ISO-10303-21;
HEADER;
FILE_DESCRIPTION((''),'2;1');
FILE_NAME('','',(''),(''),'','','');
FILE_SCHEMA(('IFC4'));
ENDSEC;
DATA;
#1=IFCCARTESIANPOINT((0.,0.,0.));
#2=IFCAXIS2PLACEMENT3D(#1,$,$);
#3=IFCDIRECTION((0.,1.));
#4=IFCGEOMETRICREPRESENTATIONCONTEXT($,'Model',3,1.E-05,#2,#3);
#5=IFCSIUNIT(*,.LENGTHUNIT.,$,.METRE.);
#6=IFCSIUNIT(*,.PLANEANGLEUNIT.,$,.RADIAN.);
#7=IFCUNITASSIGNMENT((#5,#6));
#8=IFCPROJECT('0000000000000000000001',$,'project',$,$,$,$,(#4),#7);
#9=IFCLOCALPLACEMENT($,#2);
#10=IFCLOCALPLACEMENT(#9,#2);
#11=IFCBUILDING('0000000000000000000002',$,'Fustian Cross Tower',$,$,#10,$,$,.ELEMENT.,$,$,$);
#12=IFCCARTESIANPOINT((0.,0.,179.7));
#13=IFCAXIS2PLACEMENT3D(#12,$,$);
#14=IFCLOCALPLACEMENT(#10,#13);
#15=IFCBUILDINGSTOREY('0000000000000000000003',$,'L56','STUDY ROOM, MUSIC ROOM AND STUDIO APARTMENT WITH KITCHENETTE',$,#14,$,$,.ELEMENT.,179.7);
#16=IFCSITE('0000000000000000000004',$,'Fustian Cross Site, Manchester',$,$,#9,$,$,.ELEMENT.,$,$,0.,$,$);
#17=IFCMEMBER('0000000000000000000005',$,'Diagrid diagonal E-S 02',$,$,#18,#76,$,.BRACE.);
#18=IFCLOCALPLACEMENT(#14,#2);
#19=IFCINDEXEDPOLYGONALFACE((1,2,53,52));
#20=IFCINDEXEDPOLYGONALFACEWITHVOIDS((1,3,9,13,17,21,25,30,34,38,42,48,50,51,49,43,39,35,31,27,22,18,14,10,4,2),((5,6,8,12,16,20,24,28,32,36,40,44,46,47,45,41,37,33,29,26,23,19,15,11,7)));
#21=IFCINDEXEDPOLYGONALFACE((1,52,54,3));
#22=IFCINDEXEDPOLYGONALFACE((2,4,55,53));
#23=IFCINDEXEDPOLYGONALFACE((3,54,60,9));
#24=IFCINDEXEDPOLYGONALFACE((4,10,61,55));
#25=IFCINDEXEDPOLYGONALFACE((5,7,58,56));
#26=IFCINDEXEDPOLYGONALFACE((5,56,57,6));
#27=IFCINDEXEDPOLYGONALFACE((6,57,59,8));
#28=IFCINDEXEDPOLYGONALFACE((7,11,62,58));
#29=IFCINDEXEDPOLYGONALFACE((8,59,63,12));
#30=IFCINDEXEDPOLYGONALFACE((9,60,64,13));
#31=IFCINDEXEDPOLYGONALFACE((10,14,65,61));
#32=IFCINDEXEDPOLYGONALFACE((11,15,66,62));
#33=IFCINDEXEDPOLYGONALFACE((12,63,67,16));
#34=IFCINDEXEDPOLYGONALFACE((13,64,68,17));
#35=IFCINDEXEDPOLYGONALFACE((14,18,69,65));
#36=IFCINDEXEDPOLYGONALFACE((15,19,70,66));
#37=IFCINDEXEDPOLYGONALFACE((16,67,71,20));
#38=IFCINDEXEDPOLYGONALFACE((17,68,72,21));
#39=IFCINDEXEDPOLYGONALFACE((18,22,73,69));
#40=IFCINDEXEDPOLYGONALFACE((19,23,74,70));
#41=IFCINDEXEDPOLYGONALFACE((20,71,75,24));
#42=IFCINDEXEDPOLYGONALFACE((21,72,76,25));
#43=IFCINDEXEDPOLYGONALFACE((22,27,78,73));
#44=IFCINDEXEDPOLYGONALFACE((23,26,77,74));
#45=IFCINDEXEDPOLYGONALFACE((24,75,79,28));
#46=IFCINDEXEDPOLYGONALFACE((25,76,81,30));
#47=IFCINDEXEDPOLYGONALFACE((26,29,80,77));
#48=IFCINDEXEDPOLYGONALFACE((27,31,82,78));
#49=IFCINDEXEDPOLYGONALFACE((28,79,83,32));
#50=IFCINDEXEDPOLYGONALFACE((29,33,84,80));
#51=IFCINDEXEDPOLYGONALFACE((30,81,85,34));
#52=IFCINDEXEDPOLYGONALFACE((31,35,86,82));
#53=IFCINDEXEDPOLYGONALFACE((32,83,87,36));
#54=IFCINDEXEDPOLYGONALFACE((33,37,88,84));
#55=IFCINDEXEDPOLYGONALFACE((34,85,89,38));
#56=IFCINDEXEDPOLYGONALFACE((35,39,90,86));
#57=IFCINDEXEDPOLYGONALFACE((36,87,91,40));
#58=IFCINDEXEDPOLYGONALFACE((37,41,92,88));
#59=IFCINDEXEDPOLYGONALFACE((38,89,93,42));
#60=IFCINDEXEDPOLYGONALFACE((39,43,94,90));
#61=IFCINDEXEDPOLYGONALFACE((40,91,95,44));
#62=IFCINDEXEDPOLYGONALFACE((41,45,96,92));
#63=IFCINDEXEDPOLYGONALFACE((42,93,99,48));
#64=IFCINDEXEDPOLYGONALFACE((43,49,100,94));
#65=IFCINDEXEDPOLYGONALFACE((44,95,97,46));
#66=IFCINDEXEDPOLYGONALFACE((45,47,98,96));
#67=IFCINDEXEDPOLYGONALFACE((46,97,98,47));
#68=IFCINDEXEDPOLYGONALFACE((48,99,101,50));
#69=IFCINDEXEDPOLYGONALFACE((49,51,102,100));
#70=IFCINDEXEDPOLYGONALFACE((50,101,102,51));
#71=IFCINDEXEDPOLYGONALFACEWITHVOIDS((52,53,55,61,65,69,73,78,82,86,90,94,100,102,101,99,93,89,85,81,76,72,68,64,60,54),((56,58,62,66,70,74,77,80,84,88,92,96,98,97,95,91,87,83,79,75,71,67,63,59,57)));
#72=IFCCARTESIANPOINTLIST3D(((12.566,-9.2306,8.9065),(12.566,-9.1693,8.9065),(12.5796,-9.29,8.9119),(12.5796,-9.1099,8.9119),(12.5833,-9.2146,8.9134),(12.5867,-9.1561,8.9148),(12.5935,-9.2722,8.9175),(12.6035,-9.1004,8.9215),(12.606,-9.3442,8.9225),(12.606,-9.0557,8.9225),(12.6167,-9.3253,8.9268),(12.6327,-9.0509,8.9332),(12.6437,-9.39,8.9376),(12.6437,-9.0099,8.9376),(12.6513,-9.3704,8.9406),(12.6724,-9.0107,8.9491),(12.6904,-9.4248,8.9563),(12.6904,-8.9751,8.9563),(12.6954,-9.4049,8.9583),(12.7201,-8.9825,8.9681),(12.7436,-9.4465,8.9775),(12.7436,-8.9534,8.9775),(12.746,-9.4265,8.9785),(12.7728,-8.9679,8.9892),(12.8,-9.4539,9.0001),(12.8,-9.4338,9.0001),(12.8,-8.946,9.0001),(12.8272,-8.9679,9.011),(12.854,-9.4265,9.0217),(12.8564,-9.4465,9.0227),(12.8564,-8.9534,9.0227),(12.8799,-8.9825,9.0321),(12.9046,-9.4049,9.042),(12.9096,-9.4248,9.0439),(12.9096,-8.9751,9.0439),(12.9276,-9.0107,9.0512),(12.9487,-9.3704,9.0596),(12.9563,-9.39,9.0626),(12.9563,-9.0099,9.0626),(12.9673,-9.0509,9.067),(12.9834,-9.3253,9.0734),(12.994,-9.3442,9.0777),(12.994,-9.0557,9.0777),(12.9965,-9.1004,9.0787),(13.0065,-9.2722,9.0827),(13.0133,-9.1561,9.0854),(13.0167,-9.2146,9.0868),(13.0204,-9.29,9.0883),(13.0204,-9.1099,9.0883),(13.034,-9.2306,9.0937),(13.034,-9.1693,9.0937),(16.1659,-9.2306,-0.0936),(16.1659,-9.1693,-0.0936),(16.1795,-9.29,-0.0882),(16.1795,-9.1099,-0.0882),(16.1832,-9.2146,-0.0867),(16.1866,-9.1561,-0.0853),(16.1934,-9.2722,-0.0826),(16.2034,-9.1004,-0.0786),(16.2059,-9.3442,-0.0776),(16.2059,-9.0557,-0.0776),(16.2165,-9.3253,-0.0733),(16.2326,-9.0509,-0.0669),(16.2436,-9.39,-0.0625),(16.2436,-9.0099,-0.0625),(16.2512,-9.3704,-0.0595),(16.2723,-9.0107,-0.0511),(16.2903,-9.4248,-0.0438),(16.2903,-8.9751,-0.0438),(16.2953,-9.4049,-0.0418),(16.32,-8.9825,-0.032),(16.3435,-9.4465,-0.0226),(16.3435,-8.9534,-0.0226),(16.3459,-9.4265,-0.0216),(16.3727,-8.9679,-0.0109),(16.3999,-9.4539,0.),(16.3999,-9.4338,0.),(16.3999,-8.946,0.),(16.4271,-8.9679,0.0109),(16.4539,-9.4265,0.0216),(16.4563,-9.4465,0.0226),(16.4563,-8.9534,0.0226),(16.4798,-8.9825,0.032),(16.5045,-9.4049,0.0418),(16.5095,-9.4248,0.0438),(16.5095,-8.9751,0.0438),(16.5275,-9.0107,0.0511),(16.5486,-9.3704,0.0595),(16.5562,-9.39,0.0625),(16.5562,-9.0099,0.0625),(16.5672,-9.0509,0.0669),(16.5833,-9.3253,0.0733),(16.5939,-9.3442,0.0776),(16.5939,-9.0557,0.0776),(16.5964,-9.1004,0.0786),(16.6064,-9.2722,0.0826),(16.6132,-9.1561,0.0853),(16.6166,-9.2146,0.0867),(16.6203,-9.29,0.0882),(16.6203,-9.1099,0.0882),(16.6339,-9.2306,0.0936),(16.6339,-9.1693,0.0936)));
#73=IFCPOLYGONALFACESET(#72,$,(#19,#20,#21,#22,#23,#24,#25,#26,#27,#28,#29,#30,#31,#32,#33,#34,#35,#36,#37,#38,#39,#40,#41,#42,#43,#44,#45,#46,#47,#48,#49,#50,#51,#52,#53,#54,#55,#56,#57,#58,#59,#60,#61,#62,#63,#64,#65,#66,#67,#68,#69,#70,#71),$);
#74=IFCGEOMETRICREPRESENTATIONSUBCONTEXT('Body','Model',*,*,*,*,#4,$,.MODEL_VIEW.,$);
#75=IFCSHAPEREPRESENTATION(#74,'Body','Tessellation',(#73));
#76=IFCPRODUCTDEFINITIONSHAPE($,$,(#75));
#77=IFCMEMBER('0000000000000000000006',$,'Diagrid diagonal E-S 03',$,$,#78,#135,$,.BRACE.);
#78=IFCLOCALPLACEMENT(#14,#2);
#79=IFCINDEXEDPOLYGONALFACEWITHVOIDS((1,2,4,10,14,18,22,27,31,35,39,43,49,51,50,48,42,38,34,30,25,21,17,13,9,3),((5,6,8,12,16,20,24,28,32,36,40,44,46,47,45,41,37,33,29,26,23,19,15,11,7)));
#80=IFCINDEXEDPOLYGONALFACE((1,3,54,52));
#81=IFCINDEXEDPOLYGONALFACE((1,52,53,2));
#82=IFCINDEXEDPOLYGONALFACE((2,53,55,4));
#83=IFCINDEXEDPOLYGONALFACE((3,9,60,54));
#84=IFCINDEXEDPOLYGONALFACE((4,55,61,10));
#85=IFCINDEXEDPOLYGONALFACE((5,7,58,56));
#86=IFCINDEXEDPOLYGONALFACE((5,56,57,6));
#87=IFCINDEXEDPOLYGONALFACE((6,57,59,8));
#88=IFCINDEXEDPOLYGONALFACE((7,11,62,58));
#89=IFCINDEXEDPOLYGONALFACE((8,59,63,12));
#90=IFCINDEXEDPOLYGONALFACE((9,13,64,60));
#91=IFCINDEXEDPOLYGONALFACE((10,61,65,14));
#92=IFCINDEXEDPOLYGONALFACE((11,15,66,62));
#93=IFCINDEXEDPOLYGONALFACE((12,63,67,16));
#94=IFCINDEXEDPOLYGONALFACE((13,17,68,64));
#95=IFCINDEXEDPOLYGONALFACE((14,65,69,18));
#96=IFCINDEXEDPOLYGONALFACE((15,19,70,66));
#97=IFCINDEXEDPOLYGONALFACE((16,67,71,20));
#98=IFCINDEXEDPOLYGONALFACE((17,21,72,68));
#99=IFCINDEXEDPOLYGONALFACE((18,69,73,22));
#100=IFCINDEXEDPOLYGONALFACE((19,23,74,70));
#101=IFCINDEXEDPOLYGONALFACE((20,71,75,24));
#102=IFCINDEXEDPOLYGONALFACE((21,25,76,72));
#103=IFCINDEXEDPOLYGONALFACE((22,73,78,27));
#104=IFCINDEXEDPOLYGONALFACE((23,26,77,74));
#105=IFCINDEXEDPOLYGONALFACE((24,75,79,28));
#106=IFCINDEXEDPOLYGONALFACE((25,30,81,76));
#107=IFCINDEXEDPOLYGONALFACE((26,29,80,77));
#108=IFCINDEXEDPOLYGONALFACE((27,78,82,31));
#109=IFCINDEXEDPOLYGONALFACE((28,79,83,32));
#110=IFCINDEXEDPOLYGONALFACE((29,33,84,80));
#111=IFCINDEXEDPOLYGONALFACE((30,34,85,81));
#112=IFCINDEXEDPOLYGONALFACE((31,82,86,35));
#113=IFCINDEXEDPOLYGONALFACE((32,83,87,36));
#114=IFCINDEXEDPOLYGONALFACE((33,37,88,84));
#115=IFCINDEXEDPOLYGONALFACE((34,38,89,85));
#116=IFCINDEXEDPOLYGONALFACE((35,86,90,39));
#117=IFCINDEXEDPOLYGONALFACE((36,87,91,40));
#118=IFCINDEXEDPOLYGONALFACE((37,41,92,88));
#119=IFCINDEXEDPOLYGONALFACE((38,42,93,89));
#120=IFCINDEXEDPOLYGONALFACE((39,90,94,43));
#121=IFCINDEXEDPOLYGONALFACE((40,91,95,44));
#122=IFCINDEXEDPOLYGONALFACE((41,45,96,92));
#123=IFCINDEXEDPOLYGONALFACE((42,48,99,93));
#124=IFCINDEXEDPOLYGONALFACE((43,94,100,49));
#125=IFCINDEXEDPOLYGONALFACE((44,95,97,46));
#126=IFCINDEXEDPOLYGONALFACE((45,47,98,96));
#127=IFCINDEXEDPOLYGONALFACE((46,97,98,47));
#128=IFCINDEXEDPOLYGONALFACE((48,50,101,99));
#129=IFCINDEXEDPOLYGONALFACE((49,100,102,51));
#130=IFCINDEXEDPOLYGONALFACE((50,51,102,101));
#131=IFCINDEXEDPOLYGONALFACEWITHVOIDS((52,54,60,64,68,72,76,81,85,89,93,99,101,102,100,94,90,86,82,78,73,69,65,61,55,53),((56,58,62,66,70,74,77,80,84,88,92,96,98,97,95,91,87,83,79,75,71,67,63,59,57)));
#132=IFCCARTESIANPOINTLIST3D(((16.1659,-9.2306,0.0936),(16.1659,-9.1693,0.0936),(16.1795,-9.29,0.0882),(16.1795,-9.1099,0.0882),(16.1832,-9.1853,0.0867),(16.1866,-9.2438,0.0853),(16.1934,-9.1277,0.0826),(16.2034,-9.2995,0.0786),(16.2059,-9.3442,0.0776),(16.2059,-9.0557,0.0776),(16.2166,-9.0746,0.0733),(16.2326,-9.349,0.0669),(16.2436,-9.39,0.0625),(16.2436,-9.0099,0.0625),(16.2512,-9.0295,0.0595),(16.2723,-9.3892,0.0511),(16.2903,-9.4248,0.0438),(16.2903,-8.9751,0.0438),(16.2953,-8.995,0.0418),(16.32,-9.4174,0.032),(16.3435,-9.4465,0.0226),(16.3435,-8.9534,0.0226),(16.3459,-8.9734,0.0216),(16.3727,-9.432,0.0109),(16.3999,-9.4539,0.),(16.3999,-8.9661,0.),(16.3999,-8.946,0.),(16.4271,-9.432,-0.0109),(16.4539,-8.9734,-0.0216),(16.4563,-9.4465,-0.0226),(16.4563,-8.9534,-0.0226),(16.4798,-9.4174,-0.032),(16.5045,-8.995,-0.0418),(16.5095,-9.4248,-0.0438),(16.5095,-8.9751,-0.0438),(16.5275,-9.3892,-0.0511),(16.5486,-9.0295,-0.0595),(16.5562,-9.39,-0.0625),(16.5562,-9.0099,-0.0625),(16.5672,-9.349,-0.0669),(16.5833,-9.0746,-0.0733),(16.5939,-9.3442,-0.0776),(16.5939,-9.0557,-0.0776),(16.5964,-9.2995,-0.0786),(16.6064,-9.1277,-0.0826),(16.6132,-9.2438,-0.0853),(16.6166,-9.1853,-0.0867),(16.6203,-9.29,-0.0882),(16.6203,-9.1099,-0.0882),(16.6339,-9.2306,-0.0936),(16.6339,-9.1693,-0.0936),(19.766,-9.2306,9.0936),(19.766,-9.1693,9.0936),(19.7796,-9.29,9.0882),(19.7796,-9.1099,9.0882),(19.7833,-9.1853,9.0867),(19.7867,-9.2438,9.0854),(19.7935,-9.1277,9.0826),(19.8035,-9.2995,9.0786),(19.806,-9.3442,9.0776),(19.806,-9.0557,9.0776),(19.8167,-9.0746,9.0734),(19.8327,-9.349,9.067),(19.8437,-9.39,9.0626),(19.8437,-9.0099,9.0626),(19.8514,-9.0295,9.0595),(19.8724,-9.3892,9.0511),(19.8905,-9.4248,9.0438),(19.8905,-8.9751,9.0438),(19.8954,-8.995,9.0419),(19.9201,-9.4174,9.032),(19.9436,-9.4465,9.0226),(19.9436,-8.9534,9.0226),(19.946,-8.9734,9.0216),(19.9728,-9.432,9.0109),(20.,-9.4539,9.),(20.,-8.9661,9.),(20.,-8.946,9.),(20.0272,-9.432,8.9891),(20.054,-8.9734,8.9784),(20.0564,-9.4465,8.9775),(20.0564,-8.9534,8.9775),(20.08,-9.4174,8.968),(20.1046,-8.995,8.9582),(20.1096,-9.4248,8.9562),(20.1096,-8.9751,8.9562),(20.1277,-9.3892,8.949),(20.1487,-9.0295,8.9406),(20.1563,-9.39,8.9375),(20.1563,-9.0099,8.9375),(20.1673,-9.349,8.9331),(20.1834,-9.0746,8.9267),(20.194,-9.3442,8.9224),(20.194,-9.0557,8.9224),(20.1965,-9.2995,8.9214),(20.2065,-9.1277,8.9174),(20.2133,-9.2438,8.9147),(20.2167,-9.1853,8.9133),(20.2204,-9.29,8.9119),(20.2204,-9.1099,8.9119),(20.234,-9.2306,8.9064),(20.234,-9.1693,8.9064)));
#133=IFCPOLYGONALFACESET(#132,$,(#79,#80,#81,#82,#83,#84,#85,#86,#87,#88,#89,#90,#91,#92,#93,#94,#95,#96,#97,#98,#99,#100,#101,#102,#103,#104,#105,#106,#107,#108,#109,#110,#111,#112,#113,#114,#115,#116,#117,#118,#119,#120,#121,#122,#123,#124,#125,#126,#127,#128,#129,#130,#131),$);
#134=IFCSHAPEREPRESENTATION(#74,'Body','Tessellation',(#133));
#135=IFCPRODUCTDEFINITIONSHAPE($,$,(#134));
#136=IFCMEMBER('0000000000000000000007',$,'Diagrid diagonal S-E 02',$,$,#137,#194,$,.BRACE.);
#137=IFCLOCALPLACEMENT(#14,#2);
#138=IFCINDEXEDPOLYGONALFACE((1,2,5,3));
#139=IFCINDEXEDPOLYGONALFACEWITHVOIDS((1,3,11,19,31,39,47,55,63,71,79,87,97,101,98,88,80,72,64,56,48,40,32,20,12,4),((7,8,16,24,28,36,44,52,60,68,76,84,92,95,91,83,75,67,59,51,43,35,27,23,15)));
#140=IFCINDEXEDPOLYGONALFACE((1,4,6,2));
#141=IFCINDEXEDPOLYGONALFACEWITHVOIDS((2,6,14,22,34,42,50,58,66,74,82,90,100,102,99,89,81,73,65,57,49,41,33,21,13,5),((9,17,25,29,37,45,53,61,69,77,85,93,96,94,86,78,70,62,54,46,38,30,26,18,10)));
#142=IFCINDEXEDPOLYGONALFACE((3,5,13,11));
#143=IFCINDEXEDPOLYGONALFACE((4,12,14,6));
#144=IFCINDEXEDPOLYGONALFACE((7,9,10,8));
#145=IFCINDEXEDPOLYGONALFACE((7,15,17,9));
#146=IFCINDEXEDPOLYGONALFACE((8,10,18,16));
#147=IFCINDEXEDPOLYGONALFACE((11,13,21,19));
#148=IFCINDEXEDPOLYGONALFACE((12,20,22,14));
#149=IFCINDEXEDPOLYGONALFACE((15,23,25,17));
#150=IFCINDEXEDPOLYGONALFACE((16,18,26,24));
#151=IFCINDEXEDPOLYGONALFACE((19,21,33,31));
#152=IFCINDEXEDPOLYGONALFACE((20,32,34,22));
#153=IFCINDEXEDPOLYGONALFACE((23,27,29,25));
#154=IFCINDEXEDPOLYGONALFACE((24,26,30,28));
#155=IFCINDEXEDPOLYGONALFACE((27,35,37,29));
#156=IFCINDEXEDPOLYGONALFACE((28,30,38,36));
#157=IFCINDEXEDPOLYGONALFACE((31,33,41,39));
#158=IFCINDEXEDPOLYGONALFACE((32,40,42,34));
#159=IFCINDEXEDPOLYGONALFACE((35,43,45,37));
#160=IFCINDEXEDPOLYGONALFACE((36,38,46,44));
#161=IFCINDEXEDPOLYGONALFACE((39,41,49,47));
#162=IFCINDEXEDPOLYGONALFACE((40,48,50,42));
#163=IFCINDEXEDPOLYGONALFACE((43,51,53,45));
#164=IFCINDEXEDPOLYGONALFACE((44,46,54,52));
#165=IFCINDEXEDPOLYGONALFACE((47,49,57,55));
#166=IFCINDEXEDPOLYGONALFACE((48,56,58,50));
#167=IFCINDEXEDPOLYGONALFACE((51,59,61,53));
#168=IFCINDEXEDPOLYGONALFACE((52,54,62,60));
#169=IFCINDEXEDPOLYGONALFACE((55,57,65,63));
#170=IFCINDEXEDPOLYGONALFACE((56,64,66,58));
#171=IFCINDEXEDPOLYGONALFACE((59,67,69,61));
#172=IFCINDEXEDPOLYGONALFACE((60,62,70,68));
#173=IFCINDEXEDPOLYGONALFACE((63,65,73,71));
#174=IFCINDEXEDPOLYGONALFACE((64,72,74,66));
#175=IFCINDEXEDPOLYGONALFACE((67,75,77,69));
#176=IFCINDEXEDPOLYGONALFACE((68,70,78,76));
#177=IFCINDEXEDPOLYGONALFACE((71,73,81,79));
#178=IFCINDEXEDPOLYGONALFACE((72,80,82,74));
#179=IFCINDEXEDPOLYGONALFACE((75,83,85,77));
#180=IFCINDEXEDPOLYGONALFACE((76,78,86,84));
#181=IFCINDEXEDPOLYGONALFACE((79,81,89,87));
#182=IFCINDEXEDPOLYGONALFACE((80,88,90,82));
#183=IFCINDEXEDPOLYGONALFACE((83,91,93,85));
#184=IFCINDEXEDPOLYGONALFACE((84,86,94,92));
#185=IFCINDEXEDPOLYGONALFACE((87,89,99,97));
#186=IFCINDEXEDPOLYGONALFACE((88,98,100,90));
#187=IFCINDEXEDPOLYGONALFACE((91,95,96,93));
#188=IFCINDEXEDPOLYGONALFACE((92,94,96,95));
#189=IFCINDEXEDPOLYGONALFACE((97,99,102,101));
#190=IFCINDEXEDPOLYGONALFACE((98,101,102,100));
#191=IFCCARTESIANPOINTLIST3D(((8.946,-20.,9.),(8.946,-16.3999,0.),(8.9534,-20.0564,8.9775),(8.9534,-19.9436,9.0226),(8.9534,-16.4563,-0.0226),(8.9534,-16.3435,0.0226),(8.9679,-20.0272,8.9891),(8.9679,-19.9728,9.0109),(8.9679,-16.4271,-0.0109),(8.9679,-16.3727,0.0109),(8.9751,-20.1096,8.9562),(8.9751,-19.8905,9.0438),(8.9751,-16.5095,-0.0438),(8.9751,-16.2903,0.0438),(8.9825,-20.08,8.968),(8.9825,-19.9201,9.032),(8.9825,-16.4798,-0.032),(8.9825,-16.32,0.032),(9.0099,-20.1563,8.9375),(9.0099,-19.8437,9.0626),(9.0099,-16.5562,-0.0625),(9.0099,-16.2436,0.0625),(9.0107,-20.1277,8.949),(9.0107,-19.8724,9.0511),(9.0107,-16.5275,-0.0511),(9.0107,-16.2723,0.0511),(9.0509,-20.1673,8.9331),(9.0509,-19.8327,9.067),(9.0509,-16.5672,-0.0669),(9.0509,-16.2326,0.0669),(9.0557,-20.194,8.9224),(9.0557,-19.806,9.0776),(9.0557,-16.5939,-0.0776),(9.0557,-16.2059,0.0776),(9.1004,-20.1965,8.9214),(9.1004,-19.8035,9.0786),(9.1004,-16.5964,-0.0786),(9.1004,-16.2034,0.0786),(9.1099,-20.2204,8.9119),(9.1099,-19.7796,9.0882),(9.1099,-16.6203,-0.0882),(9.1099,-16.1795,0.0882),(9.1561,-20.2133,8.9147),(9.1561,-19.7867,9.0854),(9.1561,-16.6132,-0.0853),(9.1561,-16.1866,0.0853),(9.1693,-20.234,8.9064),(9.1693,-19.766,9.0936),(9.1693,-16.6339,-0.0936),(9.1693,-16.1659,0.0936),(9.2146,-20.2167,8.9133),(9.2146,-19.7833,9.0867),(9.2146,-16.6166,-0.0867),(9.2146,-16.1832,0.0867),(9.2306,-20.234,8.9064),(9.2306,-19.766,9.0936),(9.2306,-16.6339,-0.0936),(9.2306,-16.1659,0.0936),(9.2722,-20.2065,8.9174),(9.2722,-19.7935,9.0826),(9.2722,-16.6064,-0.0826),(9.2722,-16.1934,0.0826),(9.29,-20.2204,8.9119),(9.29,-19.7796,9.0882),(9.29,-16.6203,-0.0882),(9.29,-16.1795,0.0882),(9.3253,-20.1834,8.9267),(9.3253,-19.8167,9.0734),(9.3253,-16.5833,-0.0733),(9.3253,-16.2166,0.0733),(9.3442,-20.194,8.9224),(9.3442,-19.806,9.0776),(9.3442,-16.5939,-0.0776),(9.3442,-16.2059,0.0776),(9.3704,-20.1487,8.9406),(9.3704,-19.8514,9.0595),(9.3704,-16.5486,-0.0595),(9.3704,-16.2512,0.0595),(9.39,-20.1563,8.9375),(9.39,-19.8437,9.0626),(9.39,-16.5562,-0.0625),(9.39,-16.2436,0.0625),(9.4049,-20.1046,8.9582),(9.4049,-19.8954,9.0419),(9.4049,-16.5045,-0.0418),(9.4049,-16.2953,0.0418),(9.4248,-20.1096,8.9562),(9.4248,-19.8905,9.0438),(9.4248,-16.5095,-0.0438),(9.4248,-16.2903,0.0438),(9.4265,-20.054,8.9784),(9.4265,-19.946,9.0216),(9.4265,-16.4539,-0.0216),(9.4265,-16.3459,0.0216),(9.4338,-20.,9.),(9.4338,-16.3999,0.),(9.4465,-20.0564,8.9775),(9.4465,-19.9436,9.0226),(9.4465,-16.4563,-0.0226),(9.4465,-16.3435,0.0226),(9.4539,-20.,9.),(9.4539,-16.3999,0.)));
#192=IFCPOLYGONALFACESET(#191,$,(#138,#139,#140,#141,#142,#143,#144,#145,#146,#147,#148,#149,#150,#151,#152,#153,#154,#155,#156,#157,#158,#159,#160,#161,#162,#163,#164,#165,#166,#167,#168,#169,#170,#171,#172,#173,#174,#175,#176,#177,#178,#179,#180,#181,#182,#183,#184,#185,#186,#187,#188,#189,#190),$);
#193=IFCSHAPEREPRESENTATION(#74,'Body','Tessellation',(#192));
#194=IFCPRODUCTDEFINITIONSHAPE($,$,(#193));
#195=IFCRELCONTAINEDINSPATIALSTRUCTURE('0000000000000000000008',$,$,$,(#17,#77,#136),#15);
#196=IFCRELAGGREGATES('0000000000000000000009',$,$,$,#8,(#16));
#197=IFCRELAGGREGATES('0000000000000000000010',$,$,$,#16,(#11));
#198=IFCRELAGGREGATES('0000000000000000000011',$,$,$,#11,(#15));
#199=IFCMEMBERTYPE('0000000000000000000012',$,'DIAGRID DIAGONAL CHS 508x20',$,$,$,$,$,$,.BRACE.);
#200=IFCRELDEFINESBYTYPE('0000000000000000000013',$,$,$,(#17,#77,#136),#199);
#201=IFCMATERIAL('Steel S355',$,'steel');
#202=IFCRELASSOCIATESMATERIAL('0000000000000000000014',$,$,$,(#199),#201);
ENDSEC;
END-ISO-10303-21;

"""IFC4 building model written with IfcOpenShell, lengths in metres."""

from ifc_helpers import new_model, si_unit, direction, frame, origin, origin_2d, place, context, subcontext, project, spatial, hollow_circle, extrude, material, material_profile, profile_set, type_object, element, save


model = new_model("IFC4")

# Units and contexts
model_context = context("Model", 3, precision=1e-05, world=origin(), true_north=direction((0.0, 1.0)))
body_context = subcontext(model_context, "Body", "Model", "MODEL_VIEW")
ifc_project = project(units=[si_unit("LENGTHUNIT", "METRE"), si_unit("PLANEANGLEUNIT", "RADIAN")], contexts=[model_context])

# Site, building, storey
site_placement = place(None, origin())
site = spatial("IfcSite", under=ifc_project, at=site_placement, Name="Fustian Cross Site, Manchester", CompositionType="ELEMENT", RefElevation=0.0)
building_placement = place(site_placement, origin())
building = spatial("IfcBuilding", under=site, at=building_placement, Name="Fustian Cross Tower", CompositionType="ELEMENT")
storey_placement = place(building_placement, frame((0.0, 0.0, 179.7)))
storey = spatial("IfcBuildingStorey", under=building, at=storey_placement, Name="L56", Description="STUDY ROOM, MUSIC ROOM AND STUDIO APARTMENT WITH KITCHENETTE", CompositionType="ELEMENT", Elevation=179.7)

# Members
ifc_material_1 = material(Name="Steel S355", Category="steel")
ifc_material_profile_1 = material_profile(ifc_material_1, hollow_circle(Radius=0.2539, WallThickness=0.02, at=origin_2d()), Name="CHS 508x20")
ifc_profile_set_1 = profile_set([ifc_material_profile_1], Name="Steel S355")
member_type_1 = type_object("IfcMemberType", Name="DIAGRID DIAGONAL CHS 508x20", PredefinedType="BRACE", material=ifc_profile_set_1)
for number, where, z_axis, x_axis, name in (
    (1, (16.3999, -9.2, 0.0), (-0.371378, 0.0, 0.928482), (0.0, -1.0, 0.0), "Diagrid diagonal E-S 02"),
    (2, (16.3999, -9.2, 0.0), (0.371399, 0.0, 0.928473), (0.0, 1.0, 0.0), "Diagrid diagonal E-S 03"),
    (3, (9.2, -16.3999, 0.0), (0.0, -0.371399, 0.928473), (1.0, 0.0, 0.0), "Diagrid diagonal S-E 02"),
):
    element("IfcMember", number, at=place(storey_placement, frame(where, z_axis=z_axis, x_axis=x_axis)), inside=storey, type_object=member_type_1, Name=name, PredefinedType="BRACE", context=body_context, shape_type="SweptSolid", body=[
        extrude(hollow_circle(Radius=0.2539, WallThickness=0.02, at=origin_2d()), origin(), (0.0, 0.0, 1.0), 9.6934),
    ])

save(model, "model.ifc")
